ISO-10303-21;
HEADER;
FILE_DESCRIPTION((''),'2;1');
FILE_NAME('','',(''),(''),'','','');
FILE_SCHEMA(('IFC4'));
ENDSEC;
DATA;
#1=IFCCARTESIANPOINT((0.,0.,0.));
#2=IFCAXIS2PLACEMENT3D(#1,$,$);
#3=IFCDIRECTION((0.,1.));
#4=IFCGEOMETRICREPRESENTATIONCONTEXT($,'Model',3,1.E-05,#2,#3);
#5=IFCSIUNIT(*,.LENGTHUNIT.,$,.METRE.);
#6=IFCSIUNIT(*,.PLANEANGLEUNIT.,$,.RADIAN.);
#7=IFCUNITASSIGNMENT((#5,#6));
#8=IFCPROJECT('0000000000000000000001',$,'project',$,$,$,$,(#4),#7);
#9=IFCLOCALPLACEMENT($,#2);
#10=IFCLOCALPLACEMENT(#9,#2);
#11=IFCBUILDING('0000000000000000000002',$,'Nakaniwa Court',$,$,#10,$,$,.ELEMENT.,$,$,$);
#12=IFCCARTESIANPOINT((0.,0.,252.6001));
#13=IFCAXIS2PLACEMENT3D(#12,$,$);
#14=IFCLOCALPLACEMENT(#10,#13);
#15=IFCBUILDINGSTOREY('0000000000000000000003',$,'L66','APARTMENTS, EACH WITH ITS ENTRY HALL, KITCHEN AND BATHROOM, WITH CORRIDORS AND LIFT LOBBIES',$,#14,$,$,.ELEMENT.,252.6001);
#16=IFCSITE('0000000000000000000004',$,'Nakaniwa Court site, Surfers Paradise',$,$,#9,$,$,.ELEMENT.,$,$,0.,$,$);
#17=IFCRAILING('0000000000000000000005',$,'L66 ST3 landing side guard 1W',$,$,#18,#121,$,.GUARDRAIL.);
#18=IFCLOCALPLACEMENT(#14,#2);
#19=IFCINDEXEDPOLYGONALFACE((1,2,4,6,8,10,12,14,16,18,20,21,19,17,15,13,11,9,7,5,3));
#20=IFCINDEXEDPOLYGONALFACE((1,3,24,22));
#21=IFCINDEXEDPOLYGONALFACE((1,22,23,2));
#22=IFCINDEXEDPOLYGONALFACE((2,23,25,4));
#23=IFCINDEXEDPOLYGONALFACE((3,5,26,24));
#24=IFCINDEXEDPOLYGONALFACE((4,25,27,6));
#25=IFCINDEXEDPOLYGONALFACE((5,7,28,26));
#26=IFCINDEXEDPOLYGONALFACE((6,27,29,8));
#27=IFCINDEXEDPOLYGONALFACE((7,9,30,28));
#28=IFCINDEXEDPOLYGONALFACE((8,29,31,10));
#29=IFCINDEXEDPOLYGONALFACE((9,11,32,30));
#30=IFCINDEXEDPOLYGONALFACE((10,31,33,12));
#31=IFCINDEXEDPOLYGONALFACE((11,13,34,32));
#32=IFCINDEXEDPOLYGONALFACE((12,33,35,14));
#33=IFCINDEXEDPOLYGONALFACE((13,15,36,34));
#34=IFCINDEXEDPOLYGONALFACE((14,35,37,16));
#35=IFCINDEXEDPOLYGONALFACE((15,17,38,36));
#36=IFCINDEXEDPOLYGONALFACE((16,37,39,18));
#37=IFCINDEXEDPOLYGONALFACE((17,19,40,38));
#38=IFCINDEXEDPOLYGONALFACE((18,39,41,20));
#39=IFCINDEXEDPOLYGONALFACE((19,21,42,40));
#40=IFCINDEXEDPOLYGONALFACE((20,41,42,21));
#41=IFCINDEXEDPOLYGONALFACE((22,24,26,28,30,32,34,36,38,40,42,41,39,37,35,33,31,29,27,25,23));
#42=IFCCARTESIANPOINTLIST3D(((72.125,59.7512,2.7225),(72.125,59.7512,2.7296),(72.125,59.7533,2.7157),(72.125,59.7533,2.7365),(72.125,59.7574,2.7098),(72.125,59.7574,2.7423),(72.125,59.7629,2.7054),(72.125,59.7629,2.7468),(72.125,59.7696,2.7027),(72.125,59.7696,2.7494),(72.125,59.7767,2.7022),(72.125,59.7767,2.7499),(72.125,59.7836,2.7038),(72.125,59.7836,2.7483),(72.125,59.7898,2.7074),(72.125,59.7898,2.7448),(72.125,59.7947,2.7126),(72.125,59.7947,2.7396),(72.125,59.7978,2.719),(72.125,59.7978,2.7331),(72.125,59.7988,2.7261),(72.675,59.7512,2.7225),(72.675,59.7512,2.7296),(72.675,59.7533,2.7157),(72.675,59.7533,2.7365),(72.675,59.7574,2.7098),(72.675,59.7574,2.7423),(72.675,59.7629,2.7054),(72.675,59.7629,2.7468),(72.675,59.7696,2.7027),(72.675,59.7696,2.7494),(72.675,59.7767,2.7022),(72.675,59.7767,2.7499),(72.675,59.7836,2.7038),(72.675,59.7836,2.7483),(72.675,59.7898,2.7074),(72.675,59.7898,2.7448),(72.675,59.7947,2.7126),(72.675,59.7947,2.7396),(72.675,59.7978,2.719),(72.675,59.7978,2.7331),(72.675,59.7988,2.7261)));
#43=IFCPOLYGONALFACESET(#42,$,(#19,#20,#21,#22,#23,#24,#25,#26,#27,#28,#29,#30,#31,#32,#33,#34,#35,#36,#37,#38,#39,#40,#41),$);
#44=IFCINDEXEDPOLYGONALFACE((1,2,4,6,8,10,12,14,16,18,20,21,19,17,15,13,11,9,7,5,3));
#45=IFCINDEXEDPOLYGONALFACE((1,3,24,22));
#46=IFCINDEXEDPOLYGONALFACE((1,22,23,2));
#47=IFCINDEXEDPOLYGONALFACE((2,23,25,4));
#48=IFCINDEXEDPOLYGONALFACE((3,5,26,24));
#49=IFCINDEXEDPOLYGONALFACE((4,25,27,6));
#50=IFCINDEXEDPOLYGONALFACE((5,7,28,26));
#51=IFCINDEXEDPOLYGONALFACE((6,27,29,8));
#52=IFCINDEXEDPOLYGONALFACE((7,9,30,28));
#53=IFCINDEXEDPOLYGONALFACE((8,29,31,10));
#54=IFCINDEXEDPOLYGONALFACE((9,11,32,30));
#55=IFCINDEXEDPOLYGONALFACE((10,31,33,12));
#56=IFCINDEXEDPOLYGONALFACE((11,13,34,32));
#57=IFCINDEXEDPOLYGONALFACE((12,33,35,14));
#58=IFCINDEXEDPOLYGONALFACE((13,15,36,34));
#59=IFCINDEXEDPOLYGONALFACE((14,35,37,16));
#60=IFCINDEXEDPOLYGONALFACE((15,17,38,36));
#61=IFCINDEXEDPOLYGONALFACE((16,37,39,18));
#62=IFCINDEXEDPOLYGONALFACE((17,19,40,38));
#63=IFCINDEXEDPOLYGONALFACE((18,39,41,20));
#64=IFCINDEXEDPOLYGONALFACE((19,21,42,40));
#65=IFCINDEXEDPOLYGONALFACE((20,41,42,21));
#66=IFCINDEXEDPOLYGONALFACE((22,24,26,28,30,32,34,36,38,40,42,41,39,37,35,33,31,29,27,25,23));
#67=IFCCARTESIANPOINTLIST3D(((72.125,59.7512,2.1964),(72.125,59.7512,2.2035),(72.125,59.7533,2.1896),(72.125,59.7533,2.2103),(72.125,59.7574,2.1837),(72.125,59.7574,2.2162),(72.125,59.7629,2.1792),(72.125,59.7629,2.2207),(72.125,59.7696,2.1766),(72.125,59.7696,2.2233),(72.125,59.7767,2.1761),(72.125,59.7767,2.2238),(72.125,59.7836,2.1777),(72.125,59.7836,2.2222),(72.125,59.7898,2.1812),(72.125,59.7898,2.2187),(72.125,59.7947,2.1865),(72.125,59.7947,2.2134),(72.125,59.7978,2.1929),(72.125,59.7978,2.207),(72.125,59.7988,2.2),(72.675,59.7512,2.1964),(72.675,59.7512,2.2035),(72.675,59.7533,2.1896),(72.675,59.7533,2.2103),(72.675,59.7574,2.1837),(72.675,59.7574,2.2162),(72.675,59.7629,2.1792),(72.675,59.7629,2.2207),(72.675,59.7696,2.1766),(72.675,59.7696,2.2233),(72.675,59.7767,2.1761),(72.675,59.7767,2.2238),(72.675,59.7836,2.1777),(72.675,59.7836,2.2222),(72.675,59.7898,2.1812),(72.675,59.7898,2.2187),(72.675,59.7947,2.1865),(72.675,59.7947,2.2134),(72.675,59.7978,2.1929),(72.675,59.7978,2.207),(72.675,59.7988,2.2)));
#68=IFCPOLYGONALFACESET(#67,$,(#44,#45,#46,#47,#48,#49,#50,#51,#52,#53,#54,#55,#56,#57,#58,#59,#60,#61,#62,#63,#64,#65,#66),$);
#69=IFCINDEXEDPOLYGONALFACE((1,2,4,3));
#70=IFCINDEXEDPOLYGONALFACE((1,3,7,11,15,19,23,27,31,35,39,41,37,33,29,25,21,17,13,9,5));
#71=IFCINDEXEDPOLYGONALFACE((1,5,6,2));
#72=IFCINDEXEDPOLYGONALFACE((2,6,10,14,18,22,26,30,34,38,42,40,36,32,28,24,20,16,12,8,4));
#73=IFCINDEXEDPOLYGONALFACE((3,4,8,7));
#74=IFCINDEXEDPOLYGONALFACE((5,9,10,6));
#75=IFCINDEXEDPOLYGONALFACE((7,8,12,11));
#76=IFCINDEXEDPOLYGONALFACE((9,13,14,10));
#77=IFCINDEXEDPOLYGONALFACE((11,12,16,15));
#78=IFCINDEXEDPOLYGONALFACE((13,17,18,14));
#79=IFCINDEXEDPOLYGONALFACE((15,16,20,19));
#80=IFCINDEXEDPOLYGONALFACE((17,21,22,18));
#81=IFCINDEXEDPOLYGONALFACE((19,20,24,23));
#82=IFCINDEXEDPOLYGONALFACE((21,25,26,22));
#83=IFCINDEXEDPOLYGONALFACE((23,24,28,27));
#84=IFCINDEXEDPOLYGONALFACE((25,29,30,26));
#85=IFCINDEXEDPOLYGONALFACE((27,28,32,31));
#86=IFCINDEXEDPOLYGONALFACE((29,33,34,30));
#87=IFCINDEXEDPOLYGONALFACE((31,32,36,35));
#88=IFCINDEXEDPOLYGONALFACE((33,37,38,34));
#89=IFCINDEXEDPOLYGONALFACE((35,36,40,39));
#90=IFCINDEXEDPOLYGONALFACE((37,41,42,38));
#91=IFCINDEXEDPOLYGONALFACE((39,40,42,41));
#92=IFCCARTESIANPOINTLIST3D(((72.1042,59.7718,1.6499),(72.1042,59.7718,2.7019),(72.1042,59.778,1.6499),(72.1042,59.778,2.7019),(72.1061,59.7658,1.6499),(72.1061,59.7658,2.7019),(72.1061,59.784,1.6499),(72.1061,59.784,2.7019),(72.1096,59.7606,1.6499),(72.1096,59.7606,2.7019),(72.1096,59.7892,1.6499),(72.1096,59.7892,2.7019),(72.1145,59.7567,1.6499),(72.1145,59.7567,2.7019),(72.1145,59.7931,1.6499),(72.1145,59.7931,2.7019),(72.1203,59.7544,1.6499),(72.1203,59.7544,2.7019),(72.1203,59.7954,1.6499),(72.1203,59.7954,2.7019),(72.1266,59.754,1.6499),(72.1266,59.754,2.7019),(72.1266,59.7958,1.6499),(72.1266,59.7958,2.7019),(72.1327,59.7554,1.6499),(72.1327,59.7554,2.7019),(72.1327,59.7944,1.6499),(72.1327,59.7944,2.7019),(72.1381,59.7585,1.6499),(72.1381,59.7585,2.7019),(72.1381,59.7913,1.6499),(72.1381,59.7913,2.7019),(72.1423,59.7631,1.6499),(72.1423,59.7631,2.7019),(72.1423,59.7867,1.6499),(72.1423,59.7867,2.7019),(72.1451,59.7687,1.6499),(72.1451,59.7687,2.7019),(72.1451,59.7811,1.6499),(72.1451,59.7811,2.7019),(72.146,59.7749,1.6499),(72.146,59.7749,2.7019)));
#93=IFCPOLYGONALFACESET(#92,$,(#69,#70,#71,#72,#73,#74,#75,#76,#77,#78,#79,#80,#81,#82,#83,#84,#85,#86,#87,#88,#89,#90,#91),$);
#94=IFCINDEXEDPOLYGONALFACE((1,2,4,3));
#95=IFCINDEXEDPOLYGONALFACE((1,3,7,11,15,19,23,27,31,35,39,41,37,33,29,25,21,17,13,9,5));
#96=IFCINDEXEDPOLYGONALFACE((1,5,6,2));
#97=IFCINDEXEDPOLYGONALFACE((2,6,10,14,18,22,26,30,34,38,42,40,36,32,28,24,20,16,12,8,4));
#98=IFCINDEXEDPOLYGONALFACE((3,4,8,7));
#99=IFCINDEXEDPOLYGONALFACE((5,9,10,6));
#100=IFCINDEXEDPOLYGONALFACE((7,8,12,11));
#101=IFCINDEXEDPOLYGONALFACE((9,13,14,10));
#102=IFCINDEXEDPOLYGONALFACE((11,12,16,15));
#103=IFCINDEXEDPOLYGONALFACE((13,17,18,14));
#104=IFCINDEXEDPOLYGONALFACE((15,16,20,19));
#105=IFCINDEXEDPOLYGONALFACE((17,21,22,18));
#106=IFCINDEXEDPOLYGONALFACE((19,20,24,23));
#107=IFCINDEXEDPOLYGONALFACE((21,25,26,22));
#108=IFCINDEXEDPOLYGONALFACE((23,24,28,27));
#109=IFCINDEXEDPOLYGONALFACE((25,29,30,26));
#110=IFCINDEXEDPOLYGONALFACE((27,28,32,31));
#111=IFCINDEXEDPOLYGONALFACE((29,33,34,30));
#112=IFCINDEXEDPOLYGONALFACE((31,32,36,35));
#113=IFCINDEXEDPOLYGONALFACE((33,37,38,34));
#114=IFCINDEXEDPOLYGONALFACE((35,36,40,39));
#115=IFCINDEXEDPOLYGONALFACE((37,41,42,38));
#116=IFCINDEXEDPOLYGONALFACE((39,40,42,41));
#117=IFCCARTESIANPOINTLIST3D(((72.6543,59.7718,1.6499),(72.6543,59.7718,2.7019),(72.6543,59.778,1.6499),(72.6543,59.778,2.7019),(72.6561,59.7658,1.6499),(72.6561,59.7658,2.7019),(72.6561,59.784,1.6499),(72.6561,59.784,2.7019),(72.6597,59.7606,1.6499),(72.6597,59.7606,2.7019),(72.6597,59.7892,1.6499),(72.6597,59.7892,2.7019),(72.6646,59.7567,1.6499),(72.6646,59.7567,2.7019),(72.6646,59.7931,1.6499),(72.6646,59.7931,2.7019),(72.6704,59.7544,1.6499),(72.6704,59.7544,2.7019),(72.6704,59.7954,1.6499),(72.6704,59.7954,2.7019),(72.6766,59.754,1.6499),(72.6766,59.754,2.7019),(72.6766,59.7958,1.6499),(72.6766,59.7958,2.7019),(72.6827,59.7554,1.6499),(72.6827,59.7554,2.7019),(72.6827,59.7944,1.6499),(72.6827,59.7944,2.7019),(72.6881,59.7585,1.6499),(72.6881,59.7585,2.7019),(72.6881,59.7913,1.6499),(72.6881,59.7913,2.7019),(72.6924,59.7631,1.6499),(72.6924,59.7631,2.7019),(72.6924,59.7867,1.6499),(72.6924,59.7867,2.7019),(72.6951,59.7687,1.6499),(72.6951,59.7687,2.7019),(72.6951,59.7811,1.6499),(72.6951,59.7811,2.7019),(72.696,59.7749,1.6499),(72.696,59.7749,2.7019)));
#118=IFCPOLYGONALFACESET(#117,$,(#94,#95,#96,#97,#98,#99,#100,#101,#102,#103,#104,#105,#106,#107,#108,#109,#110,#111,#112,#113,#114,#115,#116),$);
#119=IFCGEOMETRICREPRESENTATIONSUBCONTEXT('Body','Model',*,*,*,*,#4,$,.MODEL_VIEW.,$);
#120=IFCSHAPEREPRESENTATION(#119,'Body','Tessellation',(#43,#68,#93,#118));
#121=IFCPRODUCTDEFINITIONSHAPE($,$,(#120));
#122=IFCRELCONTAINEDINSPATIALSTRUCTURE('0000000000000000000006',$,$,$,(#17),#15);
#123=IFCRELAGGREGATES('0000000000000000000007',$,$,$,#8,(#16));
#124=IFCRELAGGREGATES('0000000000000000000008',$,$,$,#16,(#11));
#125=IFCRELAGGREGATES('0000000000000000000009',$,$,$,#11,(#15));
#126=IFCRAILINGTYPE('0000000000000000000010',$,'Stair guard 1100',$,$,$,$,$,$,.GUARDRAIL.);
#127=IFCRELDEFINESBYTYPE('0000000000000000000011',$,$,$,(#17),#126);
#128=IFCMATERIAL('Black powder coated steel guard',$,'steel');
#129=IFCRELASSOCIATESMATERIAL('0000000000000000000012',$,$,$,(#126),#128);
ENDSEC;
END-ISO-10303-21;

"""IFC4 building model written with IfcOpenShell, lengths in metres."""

from ifc_helpers import new_model, si_unit, direction, frame, origin, origin_2d, place, context, subcontext, project, spatial, circle, extrude, material, type_object, element, save


model = new_model("IFC4")

# Units and contexts
model_context = context("Model", 3, precision=1e-05, world=origin(), true_north=direction((0.0, 1.0)))
body_context = subcontext(model_context, "Body", "Model", "MODEL_VIEW")
ifc_project = project(units=[si_unit("LENGTHUNIT", "METRE"), si_unit("PLANEANGLEUNIT", "RADIAN")], contexts=[model_context])

# Site, building, storey
site_placement = place(None, origin())
site = spatial("IfcSite", under=ifc_project, at=site_placement, Name="Nakaniwa Court site, Surfers Paradise", CompositionType="ELEMENT", RefElevation=0.0)
building_placement = place(site_placement, origin())
building = spatial("IfcBuilding", under=site, at=building_placement, Name="Nakaniwa Court", CompositionType="ELEMENT")
storey_placement = place(building_placement, frame((0.0, 0.0, 252.6001)))
storey = spatial("IfcBuildingStorey", under=building, at=storey_placement, Name="L66", Description="APARTMENTS, EACH WITH ITS ENTRY HALL, KITCHEN AND BATHROOM, WITH CORRIDORS AND LIFT LOBBIES", CompositionType="ELEMENT", Elevation=252.6001)

# Railing
ifc_material_1 = material(Name="Black powder coated steel guard", Category="steel")
railing_type_1 = type_object("IfcRailingType", Name="Stair guard 1100", PredefinedType="GUARDRAIL", material=ifc_material_1)
for number, where, name in (
    (1, (72.125, 59.7749, 1.6499), "L66 ST3 landing side guard 1W"),
):
    element("IfcRailing", number, at=place(storey_placement, frame(where)), inside=storey, type_object=railing_type_1, Name=name, PredefinedType="GUARDRAIL", context=body_context, shape_type="SweptSolid", body=[
        extrude(circle(Radius=0.0239, at=origin_2d()), frame((0.0, 0.0, 1.0762), z_axis=(1.0, 0.0, 0.0), x_axis=(0.0, 1.0, 0.0)), (0.0, 0.0, 1.0), 0.55),
        extrude(circle(Radius=0.0239, at=origin_2d()), frame((0.0, 0.0, 0.55), z_axis=(1.0, 0.0, 0.0), x_axis=(0.0, 1.0, 0.0)), (0.0, 0.0, 1.0), 0.55),
        extrude(circle(Radius=0.021, at=origin_2d()), origin(), (0.0, 0.0, 1.0), 1.052),
        extrude(circle(Radius=0.021, at=origin_2d()), frame((0.55, 0.0, 0.0)), (0.0, 0.0, 1.0), 1.052),
    ])

save(model, "model.ifc")
